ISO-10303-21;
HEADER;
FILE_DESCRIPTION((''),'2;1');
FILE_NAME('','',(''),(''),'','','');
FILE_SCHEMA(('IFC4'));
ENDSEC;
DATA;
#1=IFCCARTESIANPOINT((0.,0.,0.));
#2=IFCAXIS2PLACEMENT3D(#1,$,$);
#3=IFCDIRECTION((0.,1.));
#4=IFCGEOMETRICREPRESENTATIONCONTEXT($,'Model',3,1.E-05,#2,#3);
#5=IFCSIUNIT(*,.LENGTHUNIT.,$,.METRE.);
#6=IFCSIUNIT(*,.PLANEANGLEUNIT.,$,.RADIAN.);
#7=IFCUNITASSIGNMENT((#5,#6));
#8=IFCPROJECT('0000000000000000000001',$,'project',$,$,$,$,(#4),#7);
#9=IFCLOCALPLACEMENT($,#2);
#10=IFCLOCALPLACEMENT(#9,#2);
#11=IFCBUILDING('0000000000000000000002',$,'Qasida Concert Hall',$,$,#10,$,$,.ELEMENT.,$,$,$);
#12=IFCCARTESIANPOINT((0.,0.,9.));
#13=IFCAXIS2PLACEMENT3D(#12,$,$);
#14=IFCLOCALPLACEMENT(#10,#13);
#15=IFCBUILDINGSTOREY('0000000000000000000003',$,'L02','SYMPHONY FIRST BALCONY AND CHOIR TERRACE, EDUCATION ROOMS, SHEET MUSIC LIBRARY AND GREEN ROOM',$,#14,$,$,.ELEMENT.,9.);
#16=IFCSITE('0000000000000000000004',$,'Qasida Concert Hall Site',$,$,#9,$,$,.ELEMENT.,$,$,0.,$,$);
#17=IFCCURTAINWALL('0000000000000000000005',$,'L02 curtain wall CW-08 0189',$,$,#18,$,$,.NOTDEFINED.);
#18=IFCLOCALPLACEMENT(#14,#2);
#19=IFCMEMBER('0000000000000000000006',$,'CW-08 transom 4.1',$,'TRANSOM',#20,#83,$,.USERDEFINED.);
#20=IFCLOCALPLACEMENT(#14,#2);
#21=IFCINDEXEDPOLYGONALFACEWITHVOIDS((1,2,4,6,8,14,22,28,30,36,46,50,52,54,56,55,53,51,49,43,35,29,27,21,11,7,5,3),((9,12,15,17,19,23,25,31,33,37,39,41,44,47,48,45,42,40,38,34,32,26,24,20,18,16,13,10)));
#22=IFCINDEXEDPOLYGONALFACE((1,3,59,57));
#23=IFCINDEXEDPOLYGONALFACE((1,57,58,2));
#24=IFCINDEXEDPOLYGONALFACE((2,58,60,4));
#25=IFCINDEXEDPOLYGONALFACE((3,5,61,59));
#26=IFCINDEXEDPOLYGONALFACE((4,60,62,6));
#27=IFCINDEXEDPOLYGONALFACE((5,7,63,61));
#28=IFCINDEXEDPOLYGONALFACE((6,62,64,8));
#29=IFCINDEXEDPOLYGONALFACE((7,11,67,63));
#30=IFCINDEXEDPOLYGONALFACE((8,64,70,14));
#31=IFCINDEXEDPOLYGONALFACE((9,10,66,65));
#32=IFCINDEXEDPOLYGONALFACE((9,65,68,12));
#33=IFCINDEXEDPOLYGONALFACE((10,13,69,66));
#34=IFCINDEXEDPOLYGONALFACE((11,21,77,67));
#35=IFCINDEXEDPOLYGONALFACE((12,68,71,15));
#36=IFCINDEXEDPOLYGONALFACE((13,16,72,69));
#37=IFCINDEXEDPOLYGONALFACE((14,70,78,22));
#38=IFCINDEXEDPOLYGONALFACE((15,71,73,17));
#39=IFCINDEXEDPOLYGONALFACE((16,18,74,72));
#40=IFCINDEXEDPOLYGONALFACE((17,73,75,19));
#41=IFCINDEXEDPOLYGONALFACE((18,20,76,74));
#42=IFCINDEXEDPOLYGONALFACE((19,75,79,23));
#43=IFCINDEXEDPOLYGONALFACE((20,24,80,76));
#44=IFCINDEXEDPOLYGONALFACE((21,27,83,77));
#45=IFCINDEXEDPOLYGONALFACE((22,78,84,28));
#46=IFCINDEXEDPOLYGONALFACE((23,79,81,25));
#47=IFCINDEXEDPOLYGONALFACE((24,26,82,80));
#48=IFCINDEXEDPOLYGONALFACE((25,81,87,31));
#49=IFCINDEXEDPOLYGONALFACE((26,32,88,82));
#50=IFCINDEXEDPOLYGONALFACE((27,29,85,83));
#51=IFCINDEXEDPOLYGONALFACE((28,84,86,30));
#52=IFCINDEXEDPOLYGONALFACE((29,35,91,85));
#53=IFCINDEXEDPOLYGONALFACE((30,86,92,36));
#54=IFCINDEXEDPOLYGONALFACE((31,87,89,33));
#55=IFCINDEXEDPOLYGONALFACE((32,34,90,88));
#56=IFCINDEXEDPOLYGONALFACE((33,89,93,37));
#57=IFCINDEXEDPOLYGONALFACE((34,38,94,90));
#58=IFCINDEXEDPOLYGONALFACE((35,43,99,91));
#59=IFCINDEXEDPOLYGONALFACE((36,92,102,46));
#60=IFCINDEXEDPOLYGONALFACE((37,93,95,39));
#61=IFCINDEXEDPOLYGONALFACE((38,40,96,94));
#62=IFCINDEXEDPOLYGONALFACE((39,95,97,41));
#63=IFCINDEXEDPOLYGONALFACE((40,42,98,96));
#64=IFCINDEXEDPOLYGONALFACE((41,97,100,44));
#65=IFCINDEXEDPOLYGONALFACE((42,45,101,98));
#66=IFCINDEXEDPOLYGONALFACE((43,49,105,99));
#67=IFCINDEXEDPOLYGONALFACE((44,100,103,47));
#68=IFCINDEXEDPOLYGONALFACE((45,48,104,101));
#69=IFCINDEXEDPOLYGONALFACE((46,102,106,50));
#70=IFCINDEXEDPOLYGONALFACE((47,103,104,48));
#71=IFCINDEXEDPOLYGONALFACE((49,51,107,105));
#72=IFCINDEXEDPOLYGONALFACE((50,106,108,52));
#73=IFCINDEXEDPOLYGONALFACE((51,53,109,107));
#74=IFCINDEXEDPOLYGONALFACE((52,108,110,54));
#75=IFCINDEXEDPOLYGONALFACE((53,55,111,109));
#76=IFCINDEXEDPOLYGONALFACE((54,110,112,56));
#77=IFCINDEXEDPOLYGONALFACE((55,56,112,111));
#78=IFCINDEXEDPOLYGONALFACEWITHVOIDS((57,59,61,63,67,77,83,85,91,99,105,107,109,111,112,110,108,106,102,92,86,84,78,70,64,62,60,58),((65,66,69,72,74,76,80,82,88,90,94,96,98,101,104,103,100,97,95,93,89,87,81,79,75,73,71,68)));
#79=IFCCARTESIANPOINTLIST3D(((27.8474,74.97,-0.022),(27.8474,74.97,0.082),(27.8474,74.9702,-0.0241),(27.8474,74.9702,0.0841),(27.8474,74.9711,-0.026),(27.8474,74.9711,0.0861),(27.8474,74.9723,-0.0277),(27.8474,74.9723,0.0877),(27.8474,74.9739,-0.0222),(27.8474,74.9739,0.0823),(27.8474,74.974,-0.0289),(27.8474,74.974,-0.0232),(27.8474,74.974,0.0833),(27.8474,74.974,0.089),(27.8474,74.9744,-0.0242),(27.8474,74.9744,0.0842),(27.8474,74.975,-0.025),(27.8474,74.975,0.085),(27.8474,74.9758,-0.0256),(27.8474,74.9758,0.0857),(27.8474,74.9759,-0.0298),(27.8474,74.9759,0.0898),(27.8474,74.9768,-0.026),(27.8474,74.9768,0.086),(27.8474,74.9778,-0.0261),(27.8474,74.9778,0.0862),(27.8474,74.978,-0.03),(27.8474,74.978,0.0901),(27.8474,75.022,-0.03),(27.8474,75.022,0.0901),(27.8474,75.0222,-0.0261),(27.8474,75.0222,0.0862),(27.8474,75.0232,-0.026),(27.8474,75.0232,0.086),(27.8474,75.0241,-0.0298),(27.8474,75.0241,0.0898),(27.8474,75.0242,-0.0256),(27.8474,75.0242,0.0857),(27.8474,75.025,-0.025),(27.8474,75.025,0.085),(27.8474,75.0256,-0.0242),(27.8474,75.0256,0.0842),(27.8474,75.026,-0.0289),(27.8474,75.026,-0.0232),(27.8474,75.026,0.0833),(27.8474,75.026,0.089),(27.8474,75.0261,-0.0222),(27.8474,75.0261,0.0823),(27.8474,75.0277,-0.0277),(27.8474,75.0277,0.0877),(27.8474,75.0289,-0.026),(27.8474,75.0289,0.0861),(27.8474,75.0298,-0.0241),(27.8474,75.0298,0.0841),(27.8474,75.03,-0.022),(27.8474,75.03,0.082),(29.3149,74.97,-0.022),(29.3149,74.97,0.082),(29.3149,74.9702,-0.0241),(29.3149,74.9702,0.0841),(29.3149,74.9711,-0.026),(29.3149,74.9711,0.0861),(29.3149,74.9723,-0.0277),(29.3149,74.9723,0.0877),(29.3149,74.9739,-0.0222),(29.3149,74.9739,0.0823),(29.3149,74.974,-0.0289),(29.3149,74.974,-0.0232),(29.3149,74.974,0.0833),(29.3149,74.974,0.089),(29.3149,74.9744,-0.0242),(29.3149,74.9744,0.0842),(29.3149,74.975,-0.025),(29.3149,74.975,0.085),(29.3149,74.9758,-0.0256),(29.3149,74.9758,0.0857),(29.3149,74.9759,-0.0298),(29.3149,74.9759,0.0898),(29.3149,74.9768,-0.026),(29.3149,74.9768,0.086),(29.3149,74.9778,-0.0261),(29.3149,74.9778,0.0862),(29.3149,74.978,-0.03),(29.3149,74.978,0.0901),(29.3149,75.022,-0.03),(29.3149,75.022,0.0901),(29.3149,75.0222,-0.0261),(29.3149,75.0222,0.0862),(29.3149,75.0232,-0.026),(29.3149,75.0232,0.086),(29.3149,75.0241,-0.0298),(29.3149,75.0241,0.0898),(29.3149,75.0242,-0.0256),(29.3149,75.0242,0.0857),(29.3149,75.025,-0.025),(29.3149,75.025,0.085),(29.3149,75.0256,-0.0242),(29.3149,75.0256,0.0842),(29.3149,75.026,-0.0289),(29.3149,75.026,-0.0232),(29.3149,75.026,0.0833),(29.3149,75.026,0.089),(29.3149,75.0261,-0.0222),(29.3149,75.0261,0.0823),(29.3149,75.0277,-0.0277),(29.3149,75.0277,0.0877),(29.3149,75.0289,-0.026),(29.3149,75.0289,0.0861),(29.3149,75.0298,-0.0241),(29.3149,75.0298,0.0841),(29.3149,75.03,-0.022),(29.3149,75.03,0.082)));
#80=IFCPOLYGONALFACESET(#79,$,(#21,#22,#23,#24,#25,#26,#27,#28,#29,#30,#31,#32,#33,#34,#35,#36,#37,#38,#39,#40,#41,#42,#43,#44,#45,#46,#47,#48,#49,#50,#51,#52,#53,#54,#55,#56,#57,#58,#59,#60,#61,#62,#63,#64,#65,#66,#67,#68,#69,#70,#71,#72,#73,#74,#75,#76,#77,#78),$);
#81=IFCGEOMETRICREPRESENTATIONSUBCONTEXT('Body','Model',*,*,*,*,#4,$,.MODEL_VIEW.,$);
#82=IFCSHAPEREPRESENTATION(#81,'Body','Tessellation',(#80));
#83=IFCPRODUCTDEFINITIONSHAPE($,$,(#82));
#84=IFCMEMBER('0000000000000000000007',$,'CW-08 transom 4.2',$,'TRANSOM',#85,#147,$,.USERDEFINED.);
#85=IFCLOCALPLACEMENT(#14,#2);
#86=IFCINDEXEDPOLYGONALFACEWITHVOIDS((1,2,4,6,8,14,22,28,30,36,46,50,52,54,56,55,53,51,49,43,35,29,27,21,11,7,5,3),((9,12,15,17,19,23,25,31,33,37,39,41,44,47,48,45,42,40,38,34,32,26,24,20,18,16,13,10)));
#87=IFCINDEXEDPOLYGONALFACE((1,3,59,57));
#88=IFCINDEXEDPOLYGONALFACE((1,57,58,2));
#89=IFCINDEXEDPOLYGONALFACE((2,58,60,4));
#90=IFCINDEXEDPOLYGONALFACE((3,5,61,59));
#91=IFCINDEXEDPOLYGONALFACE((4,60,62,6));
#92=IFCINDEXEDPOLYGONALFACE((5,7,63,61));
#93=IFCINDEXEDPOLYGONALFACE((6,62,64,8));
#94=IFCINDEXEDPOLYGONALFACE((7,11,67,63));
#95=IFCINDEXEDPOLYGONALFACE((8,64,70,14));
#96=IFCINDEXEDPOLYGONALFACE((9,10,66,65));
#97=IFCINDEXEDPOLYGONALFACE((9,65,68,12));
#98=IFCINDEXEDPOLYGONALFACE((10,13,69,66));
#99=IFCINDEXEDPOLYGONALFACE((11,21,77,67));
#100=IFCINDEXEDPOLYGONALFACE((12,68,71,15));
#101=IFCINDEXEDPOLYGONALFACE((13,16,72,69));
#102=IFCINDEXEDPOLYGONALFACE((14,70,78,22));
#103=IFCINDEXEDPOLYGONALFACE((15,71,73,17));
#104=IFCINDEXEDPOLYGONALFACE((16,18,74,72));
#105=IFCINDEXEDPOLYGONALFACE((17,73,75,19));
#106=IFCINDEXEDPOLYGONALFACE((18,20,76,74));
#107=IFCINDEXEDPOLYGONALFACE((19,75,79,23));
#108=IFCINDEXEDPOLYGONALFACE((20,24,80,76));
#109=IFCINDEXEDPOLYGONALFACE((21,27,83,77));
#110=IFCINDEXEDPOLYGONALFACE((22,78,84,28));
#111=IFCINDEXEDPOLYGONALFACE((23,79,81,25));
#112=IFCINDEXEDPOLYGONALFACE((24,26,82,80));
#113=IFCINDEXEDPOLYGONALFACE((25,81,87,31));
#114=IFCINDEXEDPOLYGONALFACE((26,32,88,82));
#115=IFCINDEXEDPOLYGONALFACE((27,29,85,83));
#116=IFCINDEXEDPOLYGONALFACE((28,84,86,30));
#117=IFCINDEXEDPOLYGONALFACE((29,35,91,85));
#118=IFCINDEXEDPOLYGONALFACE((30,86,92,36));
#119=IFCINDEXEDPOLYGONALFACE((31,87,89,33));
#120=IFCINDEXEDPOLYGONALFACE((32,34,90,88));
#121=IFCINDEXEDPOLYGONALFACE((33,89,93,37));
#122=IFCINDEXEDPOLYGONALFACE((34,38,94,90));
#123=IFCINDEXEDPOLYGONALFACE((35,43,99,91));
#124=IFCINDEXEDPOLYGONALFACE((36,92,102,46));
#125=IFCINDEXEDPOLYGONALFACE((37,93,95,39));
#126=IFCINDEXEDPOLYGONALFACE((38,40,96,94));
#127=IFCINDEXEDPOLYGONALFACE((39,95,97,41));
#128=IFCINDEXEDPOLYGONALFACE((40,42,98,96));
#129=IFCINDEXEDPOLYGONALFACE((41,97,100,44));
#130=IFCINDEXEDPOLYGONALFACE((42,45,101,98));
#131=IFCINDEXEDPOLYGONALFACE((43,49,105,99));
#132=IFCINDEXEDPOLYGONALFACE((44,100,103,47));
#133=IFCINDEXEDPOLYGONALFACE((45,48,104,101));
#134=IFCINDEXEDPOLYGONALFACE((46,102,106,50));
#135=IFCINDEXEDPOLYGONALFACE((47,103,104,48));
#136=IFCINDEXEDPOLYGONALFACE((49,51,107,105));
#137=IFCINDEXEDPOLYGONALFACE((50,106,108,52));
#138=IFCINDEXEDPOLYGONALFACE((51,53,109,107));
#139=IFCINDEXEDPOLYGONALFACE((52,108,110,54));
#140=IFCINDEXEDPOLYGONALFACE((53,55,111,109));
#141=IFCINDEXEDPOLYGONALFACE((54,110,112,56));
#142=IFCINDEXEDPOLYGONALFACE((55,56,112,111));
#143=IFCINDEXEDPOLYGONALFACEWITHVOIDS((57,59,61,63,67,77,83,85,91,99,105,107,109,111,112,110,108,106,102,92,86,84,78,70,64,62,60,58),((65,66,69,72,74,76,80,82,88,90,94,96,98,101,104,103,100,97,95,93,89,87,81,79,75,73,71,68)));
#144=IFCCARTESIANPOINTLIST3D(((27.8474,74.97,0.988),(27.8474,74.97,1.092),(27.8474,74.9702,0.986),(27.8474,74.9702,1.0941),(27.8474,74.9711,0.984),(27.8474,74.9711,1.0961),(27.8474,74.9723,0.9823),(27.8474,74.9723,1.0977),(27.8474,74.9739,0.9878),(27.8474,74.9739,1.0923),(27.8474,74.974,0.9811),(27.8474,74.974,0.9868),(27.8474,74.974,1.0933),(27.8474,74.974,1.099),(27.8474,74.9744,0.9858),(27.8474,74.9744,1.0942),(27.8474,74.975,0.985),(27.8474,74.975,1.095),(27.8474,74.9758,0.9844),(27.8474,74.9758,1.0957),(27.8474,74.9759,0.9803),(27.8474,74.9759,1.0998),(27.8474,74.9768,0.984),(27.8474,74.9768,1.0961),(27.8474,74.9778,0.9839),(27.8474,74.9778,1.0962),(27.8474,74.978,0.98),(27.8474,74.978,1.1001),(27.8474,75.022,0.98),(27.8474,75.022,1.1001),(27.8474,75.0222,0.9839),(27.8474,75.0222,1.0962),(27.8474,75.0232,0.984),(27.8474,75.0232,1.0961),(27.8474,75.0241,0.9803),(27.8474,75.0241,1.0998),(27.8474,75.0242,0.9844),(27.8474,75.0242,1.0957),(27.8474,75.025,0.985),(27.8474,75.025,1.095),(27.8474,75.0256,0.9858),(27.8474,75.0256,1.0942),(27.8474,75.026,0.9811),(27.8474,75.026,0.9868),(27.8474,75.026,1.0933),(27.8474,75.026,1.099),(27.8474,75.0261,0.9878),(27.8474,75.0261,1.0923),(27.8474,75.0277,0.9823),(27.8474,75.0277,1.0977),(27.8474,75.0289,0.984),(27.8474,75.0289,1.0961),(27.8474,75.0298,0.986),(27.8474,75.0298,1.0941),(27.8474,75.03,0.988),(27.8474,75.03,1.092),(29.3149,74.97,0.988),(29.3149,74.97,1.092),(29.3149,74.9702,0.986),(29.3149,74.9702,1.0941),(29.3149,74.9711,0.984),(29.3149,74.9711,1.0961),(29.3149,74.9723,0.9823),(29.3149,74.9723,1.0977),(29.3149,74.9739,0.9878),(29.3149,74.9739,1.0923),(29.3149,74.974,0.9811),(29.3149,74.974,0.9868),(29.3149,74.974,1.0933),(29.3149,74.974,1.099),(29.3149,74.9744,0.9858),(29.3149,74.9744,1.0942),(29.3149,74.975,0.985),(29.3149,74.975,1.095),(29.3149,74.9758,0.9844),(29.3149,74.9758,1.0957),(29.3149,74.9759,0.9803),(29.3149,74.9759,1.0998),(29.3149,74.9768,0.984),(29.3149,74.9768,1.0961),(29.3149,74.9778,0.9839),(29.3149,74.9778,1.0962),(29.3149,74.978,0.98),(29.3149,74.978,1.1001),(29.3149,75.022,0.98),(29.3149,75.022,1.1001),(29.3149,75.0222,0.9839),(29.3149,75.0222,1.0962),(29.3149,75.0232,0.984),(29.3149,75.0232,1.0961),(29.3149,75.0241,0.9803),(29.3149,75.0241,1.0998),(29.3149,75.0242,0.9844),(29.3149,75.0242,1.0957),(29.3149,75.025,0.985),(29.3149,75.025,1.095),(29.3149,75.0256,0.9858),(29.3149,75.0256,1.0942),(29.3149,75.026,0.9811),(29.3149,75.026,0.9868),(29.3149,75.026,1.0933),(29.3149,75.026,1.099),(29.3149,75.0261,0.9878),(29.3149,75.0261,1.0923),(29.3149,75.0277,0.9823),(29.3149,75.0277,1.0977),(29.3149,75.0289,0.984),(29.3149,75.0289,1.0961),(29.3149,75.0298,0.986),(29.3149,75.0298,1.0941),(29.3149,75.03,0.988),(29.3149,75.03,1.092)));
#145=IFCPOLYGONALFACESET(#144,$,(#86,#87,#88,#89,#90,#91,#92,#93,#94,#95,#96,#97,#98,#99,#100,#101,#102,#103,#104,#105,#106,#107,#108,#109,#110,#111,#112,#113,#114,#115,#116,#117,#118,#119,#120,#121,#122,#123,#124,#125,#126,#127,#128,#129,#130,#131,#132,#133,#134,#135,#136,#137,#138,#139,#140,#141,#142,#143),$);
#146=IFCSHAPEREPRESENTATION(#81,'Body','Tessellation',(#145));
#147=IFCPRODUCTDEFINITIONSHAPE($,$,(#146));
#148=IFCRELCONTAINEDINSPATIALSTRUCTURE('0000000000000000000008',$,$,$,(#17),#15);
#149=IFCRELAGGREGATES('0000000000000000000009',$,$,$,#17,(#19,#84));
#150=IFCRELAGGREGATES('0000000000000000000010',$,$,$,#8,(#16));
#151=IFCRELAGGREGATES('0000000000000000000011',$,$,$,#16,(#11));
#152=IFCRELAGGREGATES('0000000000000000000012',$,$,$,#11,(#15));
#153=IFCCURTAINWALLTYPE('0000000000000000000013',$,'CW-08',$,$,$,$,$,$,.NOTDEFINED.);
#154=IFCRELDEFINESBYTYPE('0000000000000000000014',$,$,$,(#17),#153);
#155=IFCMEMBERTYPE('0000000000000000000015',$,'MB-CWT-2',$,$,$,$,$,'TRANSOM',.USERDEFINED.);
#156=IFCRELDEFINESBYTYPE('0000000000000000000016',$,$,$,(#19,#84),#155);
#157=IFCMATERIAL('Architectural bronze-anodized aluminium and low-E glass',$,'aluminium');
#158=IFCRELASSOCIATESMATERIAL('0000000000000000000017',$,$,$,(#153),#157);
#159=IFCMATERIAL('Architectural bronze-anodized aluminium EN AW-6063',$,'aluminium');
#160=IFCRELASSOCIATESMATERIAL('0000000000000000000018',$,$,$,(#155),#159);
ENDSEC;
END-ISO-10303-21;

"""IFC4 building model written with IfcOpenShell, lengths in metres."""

from ifc_helpers import new_model, si_unit, direction, frame, origin, origin_2d, place, context, subcontext, project, spatial, hollow_rectangle, extrude, material, material_profile, profile_set, type_object, element, aggregate, save


model = new_model("IFC4")

# Units and contexts
model_context = context("Model", 3, precision=1e-05, world=origin(), true_north=direction((0.0, 1.0)))
body_context = subcontext(model_context, "Body", "Model", "MODEL_VIEW")
ifc_project = project(units=[si_unit("LENGTHUNIT", "METRE"), si_unit("PLANEANGLEUNIT", "RADIAN")], contexts=[model_context])

# Site, building, storey
site_placement = place(None, origin())
site = spatial("IfcSite", under=ifc_project, at=site_placement, Name="Qasida Concert Hall Site", CompositionType="ELEMENT", RefElevation=0.0)
building_placement = place(site_placement, origin())
building = spatial("IfcBuilding", under=site, at=building_placement, Name="Qasida Concert Hall", CompositionType="ELEMENT")
storey_placement = place(building_placement, frame((0.0, 0.0, 9.0)))
storey = spatial("IfcBuildingStorey", under=building, at=storey_placement, Name="L02", Description="SYMPHONY FIRST BALCONY AND CHOIR TERRACE, EDUCATION ROOMS, SHEET MUSIC LIBRARY AND GREEN ROOM", CompositionType="ELEMENT", Elevation=9.0)

# Curtain wall, members
ifc_material_1 = material(Name="Architectural bronze-anodized aluminium and low-E glass", Category="aluminium")
curtain_wall_type = type_object("IfcCurtainWallType", Name="CW-08", PredefinedType="NOTDEFINED", material=ifc_material_1)
curtain_wall_placement = place(storey_placement, origin())
curtain_wall = element("IfcCurtainWall", 1, at=curtain_wall_placement, inside=storey, type_object=curtain_wall_type, Name="L02 curtain wall CW-08 0189", PredefinedType="NOTDEFINED")
ifc_material_2 = material(Name="Architectural bronze-anodized aluminium EN AW-6063", Category="aluminium")
ifc_material_profile_1 = material_profile(ifc_material_2, hollow_rectangle(XDim=0.0601, YDim=0.1201, WallThickness=0.0039, InnerFilletRadius=0.0039, OuterFilletRadius=0.0081, at=origin_2d()), Name="CWT 120x60x4")
ifc_profile_set_1 = profile_set([ifc_material_profile_1], Name="Architectural bronze-anodized aluminium EN AW-6063")
member_type_1 = type_object("IfcMemberType", Name="MB-CWT-2", ElementType="TRANSOM", PredefinedType="USERDEFINED", material=ifc_profile_set_1)
member_1_placement = place(storey_placement, frame((27.8474, 75.0, 0.03), z_axis=(1.0, 0.0, 0.0), x_axis=(0.0, 1.0, 0.0)))
member_1 = element("IfcMember", 2, at=member_1_placement, type_object=member_type_1, Name="CW-08 transom 4.1", ObjectType="TRANSOM", PredefinedType="USERDEFINED", context=body_context, shape_type="SweptSolid", body=[
    extrude(hollow_rectangle(XDim=0.0601, YDim=0.1201, WallThickness=0.0039, InnerFilletRadius=0.0039, OuterFilletRadius=0.0081, at=origin_2d()), origin(), (0.0, 0.0, 1.0), 1.4675),
])
member_2_placement = place(storey_placement, frame((27.8474, 75.0, 1.04), z_axis=(1.0, 0.0, 0.0), x_axis=(0.0, 1.0, 0.0)))
member_2 = element("IfcMember", 3, at=member_2_placement, type_object=member_type_1, Name="CW-08 transom 4.2", ObjectType="TRANSOM", PredefinedType="USERDEFINED", context=body_context, shape_type="SweptSolid", body=[
    extrude(hollow_rectangle(XDim=0.0601, YDim=0.1201, WallThickness=0.0039, InnerFilletRadius=0.0039, OuterFilletRadius=0.0081, at=origin_2d()), origin(), (0.0, 0.0, 1.0), 1.4675),
])
aggregate(curtain_wall, [member_1, member_2])

save(model, "model.ifc")
